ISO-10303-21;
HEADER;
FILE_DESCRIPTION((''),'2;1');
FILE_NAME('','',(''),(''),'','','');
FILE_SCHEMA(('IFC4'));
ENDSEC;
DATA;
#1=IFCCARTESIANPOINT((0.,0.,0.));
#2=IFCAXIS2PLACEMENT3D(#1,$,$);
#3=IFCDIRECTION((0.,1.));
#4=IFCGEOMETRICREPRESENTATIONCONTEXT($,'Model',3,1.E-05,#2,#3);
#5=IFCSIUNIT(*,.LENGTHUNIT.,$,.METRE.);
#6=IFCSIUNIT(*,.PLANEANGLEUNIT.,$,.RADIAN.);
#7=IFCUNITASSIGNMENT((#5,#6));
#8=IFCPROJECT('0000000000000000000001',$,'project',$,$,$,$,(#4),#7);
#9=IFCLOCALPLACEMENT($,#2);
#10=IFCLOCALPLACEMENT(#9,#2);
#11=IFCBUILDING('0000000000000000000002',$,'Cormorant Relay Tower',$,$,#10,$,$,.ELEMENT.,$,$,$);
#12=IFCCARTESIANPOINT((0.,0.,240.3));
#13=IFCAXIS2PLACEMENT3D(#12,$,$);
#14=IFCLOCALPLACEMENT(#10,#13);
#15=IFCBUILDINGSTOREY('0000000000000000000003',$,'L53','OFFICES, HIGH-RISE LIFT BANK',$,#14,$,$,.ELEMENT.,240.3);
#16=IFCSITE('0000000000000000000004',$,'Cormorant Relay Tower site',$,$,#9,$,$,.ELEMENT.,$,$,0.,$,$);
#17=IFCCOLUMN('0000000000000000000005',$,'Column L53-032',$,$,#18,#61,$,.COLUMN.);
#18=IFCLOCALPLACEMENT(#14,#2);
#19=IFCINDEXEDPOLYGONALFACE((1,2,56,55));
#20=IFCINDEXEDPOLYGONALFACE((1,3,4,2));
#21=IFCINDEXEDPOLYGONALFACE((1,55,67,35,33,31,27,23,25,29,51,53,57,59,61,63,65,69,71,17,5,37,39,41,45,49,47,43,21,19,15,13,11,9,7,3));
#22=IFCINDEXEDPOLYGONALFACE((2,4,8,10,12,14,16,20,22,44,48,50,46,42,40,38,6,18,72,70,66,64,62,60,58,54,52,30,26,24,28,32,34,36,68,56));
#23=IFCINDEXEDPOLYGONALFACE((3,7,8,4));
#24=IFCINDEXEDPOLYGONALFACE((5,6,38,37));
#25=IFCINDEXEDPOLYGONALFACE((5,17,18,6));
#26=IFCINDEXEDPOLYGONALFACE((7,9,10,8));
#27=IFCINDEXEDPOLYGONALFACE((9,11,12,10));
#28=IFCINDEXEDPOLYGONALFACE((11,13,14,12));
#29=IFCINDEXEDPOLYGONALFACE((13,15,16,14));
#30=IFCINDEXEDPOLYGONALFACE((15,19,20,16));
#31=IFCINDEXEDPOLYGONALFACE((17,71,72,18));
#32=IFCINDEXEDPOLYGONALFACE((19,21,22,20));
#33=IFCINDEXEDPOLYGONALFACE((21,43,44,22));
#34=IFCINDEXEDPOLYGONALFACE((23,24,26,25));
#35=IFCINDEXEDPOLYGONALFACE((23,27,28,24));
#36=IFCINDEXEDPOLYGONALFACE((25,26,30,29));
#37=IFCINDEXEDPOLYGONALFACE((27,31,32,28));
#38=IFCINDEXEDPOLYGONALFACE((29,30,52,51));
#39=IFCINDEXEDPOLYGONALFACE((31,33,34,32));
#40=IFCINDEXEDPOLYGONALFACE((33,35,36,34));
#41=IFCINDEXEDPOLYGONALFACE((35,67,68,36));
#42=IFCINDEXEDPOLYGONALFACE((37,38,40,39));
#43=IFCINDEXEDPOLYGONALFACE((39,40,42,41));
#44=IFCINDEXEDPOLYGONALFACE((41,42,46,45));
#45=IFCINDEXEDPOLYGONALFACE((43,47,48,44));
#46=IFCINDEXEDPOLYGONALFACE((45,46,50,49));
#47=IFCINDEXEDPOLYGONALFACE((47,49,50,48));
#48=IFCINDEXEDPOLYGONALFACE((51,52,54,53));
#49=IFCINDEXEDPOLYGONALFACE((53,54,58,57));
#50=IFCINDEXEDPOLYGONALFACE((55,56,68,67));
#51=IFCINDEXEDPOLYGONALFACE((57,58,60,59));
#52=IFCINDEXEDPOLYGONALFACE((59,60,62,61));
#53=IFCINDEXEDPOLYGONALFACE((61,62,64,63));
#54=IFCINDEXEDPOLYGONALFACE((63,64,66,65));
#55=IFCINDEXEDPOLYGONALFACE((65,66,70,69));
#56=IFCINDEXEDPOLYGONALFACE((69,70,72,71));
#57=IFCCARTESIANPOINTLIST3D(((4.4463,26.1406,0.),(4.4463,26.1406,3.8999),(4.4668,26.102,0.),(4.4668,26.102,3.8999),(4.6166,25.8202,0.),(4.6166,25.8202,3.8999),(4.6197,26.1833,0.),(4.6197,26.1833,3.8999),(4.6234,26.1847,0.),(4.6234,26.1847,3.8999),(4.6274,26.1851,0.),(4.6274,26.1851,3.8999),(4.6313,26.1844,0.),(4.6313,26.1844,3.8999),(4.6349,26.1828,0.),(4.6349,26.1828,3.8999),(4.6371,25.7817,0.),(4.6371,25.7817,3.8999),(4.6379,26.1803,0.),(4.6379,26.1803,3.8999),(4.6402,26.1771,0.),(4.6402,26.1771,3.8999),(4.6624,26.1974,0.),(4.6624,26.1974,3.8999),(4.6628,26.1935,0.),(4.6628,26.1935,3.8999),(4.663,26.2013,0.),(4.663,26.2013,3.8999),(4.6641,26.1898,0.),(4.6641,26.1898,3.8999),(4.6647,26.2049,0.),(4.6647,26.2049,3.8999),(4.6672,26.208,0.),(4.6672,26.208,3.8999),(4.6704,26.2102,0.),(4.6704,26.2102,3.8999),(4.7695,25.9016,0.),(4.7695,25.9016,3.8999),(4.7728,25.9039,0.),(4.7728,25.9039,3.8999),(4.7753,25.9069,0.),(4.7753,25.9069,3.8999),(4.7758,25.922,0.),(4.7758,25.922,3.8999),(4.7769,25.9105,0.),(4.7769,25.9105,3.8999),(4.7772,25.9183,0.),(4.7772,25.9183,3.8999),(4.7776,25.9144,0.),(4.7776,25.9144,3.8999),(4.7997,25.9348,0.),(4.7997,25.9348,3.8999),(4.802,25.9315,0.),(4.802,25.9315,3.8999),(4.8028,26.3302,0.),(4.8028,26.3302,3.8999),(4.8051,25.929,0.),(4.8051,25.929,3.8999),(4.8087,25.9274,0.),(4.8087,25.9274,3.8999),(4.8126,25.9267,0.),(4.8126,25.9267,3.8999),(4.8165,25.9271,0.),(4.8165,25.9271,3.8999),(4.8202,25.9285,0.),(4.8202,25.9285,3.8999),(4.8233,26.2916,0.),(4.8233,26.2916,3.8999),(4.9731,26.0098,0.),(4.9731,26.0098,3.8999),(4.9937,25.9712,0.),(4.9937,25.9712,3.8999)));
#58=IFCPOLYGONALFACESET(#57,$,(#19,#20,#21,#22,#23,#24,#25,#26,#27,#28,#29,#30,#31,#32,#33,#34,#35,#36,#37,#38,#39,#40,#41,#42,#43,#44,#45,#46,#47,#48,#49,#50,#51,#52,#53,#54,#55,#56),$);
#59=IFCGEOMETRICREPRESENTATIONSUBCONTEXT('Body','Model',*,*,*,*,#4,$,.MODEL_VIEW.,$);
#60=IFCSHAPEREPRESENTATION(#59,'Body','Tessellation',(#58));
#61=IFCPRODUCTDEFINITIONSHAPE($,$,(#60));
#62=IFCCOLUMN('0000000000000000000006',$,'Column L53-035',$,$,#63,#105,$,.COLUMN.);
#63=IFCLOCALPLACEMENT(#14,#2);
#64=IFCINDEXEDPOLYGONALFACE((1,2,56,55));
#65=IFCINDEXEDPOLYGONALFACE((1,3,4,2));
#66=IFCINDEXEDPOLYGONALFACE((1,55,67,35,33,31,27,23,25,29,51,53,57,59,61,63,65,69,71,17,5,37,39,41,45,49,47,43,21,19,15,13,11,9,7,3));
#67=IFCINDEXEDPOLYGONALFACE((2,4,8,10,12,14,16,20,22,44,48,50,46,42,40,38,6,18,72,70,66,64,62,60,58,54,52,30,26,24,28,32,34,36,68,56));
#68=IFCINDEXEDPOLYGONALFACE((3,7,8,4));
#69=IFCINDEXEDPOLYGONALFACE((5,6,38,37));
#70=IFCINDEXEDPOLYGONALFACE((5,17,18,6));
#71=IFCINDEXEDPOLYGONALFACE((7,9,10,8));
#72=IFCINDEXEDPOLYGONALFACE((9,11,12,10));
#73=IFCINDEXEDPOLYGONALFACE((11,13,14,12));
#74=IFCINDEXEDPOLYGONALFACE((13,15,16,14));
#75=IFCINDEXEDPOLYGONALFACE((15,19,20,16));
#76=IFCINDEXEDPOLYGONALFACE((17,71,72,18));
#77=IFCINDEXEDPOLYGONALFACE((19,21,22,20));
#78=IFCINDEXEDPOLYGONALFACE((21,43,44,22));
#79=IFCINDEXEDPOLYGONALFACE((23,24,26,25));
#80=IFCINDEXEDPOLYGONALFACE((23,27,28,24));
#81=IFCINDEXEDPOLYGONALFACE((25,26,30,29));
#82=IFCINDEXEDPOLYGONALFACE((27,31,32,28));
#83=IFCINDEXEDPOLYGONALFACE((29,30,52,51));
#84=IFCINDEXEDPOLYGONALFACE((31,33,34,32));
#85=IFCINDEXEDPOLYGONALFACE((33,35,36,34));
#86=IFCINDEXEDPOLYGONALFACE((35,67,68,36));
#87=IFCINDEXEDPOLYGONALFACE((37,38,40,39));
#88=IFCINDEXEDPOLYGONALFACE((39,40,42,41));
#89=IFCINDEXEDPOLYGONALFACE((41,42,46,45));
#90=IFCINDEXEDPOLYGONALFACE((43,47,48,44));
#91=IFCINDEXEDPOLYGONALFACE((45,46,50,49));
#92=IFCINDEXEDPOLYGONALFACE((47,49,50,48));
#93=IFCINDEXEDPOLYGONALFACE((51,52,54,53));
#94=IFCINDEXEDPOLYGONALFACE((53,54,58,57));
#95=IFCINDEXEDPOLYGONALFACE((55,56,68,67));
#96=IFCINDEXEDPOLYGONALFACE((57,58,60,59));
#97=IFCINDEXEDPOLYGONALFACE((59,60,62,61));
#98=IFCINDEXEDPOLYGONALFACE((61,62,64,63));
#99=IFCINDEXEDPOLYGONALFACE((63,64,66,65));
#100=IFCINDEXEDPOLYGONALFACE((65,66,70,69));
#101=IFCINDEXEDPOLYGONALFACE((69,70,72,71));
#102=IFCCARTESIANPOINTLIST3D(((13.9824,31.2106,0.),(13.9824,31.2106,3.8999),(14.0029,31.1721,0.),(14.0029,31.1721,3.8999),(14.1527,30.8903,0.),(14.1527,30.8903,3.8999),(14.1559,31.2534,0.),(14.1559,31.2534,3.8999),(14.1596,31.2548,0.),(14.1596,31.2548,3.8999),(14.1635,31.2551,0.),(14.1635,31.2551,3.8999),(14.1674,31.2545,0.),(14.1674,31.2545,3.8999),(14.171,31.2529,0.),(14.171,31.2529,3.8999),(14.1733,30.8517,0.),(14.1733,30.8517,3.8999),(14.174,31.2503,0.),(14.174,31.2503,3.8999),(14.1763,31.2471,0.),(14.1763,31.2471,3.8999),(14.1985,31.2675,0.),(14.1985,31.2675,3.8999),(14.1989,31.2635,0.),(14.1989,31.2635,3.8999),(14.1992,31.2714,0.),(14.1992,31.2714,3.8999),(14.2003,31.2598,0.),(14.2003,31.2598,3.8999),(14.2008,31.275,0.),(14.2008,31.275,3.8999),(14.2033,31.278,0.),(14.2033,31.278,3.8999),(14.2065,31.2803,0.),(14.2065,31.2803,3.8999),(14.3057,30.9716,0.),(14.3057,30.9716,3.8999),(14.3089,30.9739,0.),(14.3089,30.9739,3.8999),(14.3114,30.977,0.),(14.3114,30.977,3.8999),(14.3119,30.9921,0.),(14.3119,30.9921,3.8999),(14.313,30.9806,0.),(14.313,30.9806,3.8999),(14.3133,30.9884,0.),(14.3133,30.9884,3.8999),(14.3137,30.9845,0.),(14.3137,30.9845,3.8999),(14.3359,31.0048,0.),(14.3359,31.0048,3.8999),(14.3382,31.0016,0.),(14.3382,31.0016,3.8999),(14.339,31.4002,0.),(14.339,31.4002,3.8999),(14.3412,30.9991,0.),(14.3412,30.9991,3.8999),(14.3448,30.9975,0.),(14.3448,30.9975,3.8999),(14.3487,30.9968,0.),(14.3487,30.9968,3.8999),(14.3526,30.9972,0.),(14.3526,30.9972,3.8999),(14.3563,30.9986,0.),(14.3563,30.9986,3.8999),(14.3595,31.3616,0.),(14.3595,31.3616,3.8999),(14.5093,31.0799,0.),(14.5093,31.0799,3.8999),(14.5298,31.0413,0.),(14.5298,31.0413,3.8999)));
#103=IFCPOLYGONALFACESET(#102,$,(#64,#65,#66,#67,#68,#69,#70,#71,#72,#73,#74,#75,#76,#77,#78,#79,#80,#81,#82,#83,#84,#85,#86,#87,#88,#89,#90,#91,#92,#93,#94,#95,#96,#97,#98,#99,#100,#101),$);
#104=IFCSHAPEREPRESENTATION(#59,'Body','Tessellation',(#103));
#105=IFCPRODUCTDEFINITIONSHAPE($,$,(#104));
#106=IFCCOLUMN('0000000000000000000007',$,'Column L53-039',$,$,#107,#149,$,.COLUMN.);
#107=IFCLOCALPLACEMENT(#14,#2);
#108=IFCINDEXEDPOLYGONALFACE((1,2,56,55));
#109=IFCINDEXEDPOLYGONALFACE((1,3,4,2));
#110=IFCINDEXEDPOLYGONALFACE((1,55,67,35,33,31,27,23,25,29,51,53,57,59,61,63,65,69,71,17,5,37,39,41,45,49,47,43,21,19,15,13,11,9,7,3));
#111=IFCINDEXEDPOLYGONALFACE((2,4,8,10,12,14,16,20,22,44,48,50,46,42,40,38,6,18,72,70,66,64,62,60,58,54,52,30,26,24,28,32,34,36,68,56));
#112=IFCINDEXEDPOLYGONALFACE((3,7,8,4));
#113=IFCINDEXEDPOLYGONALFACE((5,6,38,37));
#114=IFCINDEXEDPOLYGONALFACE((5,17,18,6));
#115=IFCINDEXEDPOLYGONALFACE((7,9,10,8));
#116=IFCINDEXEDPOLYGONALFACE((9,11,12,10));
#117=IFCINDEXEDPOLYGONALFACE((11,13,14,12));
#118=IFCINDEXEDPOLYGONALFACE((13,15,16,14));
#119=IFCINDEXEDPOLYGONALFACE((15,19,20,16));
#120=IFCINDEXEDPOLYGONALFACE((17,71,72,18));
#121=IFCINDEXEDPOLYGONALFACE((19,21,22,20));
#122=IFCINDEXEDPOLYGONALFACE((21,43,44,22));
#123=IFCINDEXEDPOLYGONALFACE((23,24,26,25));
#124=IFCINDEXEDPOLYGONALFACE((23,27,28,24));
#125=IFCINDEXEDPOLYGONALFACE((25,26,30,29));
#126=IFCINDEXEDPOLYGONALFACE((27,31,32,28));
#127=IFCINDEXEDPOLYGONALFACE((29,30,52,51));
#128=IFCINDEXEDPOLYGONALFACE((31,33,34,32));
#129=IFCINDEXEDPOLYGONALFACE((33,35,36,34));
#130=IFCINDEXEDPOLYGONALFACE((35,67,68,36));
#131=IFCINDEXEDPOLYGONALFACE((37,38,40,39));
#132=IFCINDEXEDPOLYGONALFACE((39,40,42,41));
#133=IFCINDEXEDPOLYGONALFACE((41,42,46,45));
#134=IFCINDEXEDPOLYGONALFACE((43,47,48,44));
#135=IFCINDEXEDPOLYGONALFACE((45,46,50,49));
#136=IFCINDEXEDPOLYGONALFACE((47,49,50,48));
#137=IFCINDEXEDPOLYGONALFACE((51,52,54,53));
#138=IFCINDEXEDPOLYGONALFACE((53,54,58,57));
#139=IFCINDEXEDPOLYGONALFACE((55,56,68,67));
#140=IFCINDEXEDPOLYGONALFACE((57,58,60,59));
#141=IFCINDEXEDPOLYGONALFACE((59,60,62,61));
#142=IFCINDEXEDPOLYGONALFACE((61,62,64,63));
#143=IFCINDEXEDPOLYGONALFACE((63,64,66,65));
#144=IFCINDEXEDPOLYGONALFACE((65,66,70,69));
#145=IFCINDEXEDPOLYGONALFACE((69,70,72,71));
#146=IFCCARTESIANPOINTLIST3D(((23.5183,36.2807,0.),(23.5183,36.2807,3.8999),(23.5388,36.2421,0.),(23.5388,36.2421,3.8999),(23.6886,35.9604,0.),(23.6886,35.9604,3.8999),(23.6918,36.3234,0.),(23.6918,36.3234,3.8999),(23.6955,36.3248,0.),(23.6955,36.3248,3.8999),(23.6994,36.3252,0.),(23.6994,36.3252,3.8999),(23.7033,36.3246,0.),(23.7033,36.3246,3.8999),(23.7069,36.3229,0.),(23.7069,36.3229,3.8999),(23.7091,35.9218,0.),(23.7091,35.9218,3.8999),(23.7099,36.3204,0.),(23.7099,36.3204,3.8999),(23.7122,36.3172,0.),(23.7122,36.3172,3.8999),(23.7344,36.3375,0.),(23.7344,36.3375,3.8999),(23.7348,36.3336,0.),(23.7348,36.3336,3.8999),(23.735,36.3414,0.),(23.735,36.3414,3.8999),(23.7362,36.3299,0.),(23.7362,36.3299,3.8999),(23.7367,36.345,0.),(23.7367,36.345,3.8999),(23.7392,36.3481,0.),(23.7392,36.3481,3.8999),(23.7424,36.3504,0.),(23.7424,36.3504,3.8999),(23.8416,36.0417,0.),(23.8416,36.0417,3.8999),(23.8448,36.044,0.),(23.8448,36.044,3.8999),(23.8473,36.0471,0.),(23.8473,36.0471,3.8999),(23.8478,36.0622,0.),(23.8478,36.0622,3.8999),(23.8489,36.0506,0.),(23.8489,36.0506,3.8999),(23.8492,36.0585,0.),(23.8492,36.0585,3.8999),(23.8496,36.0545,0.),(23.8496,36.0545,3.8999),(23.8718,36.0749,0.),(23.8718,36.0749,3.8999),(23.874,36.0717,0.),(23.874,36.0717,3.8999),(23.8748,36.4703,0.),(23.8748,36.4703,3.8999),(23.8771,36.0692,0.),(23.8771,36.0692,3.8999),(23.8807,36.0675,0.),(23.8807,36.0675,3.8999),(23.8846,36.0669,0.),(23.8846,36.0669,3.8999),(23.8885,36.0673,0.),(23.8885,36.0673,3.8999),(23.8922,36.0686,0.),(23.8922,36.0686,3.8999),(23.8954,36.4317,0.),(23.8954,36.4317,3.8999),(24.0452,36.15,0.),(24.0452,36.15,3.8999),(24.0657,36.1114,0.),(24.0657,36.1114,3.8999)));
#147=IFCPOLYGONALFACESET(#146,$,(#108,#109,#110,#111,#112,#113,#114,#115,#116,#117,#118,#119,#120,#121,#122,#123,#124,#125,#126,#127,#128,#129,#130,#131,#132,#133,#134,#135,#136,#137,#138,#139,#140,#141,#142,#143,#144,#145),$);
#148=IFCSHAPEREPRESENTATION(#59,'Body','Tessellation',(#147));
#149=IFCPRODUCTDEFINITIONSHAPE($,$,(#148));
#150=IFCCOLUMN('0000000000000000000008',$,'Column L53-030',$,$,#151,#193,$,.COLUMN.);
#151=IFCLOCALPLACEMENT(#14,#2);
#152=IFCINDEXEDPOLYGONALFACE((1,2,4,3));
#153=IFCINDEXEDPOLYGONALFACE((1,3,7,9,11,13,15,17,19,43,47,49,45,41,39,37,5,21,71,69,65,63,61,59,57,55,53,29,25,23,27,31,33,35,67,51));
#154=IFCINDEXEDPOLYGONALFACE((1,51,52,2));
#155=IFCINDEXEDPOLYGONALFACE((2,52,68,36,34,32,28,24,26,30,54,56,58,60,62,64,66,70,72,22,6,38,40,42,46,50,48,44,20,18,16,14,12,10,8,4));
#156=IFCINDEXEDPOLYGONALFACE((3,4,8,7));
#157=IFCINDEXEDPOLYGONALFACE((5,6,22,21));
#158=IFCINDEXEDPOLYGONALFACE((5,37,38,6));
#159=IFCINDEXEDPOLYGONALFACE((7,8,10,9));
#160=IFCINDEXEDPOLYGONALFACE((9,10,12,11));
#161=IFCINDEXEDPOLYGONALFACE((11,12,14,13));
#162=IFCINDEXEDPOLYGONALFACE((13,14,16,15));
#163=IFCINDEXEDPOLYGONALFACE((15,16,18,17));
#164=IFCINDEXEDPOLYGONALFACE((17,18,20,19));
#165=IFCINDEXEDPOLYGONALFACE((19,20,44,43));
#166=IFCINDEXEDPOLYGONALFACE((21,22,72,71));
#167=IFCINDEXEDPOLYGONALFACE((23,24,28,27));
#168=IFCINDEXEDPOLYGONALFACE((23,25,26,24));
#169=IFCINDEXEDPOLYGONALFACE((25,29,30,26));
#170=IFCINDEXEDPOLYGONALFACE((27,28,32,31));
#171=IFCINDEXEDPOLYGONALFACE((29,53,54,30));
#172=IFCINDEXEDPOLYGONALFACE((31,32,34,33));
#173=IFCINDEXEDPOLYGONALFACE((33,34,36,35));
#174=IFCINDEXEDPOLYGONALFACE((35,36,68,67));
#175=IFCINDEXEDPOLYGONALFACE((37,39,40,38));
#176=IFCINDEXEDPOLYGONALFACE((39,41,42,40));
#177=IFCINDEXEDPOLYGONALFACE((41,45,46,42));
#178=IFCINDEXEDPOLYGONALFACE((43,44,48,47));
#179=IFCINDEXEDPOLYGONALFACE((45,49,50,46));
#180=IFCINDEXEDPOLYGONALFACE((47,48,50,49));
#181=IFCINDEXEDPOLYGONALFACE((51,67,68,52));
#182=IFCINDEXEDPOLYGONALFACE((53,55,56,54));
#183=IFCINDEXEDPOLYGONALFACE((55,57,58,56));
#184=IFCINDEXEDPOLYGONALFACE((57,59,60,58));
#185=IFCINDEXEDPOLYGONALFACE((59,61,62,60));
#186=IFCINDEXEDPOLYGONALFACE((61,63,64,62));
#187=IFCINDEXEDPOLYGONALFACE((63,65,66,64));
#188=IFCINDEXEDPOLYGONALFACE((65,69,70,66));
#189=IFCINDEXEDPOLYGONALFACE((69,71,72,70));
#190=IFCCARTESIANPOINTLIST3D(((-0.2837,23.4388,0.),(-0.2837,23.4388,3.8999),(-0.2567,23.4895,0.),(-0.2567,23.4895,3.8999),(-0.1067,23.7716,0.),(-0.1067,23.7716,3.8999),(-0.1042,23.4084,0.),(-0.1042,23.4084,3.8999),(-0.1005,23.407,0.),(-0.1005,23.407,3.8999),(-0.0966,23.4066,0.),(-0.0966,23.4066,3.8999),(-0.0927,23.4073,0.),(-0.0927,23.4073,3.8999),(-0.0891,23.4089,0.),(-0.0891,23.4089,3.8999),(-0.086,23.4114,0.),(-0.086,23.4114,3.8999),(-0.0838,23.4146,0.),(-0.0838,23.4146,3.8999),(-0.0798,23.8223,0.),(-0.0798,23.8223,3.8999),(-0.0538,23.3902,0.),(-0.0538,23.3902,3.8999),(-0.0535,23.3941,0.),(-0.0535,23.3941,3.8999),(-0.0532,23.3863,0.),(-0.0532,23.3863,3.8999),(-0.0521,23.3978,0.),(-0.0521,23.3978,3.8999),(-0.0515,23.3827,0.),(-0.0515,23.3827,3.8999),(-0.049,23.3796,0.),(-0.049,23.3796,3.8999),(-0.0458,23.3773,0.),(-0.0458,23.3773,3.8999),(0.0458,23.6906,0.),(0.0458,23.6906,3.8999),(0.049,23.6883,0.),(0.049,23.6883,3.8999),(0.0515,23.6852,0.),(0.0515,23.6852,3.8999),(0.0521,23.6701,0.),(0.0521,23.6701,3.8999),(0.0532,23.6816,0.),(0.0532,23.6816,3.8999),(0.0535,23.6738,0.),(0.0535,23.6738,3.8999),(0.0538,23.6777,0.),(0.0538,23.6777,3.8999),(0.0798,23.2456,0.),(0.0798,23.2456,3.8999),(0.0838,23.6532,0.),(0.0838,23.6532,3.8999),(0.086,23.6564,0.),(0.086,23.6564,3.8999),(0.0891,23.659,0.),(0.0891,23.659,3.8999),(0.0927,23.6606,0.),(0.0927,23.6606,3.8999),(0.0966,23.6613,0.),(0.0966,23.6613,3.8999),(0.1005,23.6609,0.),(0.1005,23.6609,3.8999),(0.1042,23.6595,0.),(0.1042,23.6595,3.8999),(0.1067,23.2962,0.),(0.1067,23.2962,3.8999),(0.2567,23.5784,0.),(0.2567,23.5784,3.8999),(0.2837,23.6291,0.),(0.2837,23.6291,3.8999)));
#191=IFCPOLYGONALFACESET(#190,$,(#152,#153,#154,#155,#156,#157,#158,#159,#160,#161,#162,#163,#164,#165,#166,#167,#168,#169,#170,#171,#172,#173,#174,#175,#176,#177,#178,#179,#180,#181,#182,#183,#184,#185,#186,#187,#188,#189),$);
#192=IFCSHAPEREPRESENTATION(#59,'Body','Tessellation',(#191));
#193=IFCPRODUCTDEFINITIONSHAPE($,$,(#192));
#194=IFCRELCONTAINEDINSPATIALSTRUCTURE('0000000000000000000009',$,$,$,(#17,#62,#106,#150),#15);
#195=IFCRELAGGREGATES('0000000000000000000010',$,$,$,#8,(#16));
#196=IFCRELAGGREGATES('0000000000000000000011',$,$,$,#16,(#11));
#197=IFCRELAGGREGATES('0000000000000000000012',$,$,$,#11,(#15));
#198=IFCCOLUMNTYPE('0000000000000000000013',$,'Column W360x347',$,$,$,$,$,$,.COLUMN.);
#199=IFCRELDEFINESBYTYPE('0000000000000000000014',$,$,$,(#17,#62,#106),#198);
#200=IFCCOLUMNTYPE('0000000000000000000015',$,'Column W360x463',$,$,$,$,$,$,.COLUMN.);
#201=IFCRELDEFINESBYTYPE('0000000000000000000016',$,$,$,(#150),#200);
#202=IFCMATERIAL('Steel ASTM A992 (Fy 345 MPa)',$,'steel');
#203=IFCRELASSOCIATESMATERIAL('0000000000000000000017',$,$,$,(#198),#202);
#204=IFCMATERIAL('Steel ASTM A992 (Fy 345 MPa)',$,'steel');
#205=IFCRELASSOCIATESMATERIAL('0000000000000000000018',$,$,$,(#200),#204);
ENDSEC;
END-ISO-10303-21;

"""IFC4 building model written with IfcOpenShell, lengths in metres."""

from ifc_helpers import new_model, si_unit, direction, frame, origin, origin_2d, place, context, subcontext, project, spatial, i_section, extrude, material, material_profile, profile_set, type_object, element, save


model = new_model("IFC4")

# Units and contexts
model_context = context("Model", 3, precision=1e-05, world=origin(), true_north=direction((0.0, 1.0)))
body_context = subcontext(model_context, "Body", "Model", "MODEL_VIEW")
ifc_project = project(units=[si_unit("LENGTHUNIT", "METRE"), si_unit("PLANEANGLEUNIT", "RADIAN")], contexts=[model_context])

# Site, building, storey
site_placement = place(None, origin())
site = spatial("IfcSite", under=ifc_project, at=site_placement, Name="Cormorant Relay Tower site", CompositionType="ELEMENT", RefElevation=0.0)
building_placement = place(site_placement, origin())
building = spatial("IfcBuilding", under=site, at=building_placement, Name="Cormorant Relay Tower", CompositionType="ELEMENT")
storey_placement = place(building_placement, frame((0.0, 0.0, 240.3)))
storey = spatial("IfcBuildingStorey", under=building, at=storey_placement, Name="L53", Description="OFFICES, HIGH-RISE LIFT BANK", CompositionType="ELEMENT", Elevation=240.3)

# Columns
ifc_material_1 = material(Name="Steel ASTM A992 (Fy 345 MPa)", Category="steel")
ifc_material_profile_1 = material_profile(ifc_material_1, i_section(OverallWidth=0.4038, OverallDepth=0.4065, WebThickness=0.0271, FlangeThickness=0.0437, FilletRadius=0.0151, at=origin_2d()), Name="W360x347")
ifc_profile_set_1 = profile_set([ifc_material_profile_1], Name="Steel ASTM A992 (Fy 345 MPa)")
column_type_1 = type_object("IfcColumnType", Name="Column W360x347", PredefinedType="COLUMN", material=ifc_profile_set_1)
for number, where, z_axis, x_axis, name in (
    (1, (4.72, 26.0559, 0.0), (0.0, 0.0, 1.0), (-0.882948, -0.469472, 0.0), "Column L53-032"),
    (2, (14.2561, 31.126, 0.0), (0.0, 0.0, 1.0), (-0.882948, -0.469472, 0.0), "Column L53-035"),
    (3, (23.792, 36.196, 0.0), (0.0, 0.0, 1.0), (-0.882948, -0.469472, 0.0), "Column L53-039"),
):
    element("IfcColumn", number, at=place(storey_placement, frame(where, z_axis=z_axis, x_axis=x_axis)), inside=storey, type_object=column_type_1, Name=name, PredefinedType="COLUMN", context=body_context, shape_type="SweptSolid", body=[
        extrude(i_section(OverallWidth=0.4038, OverallDepth=0.4065, WebThickness=0.0271, FlangeThickness=0.0437, FilletRadius=0.0151, at=origin_2d()), origin(), (0.0, 0.0, 1.0), 3.8999),
    ])
ifc_material_2 = material(Name="Steel ASTM A992 (Fy 345 MPa)", Category="steel")
ifc_material_profile_2 = material_profile(ifc_material_2, i_section(OverallWidth=0.4116, OverallDepth=0.4343, WebThickness=0.0359, FlangeThickness=0.0574, FilletRadius=0.0151, at=origin_2d()), Name="W360x463")
ifc_profile_set_2 = profile_set([ifc_material_profile_2], Name="Steel ASTM A992 (Fy 345 MPa)")
column_type_2 = type_object("IfcColumnType", Name="Column W360x463", PredefinedType="COLUMN", material=ifc_profile_set_2)
column_placement = place(storey_placement, frame((0.0, 23.5339, 0.0), z_axis=(0.0, 0.0, 1.0), x_axis=(-0.882948, 0.469472, 0.0)))
element("IfcColumn", 4, at=column_placement, inside=storey, type_object=column_type_2, Name="Column L53-030", PredefinedType="COLUMN", context=body_context, shape_type="SweptSolid", body=[
    extrude(i_section(OverallWidth=0.4116, OverallDepth=0.4343, WebThickness=0.0359, FlangeThickness=0.0574, FilletRadius=0.0151, at=origin_2d()), origin(), (0.0, 0.0, 1.0), 3.8999),
])

save(model, "model.ifc")
